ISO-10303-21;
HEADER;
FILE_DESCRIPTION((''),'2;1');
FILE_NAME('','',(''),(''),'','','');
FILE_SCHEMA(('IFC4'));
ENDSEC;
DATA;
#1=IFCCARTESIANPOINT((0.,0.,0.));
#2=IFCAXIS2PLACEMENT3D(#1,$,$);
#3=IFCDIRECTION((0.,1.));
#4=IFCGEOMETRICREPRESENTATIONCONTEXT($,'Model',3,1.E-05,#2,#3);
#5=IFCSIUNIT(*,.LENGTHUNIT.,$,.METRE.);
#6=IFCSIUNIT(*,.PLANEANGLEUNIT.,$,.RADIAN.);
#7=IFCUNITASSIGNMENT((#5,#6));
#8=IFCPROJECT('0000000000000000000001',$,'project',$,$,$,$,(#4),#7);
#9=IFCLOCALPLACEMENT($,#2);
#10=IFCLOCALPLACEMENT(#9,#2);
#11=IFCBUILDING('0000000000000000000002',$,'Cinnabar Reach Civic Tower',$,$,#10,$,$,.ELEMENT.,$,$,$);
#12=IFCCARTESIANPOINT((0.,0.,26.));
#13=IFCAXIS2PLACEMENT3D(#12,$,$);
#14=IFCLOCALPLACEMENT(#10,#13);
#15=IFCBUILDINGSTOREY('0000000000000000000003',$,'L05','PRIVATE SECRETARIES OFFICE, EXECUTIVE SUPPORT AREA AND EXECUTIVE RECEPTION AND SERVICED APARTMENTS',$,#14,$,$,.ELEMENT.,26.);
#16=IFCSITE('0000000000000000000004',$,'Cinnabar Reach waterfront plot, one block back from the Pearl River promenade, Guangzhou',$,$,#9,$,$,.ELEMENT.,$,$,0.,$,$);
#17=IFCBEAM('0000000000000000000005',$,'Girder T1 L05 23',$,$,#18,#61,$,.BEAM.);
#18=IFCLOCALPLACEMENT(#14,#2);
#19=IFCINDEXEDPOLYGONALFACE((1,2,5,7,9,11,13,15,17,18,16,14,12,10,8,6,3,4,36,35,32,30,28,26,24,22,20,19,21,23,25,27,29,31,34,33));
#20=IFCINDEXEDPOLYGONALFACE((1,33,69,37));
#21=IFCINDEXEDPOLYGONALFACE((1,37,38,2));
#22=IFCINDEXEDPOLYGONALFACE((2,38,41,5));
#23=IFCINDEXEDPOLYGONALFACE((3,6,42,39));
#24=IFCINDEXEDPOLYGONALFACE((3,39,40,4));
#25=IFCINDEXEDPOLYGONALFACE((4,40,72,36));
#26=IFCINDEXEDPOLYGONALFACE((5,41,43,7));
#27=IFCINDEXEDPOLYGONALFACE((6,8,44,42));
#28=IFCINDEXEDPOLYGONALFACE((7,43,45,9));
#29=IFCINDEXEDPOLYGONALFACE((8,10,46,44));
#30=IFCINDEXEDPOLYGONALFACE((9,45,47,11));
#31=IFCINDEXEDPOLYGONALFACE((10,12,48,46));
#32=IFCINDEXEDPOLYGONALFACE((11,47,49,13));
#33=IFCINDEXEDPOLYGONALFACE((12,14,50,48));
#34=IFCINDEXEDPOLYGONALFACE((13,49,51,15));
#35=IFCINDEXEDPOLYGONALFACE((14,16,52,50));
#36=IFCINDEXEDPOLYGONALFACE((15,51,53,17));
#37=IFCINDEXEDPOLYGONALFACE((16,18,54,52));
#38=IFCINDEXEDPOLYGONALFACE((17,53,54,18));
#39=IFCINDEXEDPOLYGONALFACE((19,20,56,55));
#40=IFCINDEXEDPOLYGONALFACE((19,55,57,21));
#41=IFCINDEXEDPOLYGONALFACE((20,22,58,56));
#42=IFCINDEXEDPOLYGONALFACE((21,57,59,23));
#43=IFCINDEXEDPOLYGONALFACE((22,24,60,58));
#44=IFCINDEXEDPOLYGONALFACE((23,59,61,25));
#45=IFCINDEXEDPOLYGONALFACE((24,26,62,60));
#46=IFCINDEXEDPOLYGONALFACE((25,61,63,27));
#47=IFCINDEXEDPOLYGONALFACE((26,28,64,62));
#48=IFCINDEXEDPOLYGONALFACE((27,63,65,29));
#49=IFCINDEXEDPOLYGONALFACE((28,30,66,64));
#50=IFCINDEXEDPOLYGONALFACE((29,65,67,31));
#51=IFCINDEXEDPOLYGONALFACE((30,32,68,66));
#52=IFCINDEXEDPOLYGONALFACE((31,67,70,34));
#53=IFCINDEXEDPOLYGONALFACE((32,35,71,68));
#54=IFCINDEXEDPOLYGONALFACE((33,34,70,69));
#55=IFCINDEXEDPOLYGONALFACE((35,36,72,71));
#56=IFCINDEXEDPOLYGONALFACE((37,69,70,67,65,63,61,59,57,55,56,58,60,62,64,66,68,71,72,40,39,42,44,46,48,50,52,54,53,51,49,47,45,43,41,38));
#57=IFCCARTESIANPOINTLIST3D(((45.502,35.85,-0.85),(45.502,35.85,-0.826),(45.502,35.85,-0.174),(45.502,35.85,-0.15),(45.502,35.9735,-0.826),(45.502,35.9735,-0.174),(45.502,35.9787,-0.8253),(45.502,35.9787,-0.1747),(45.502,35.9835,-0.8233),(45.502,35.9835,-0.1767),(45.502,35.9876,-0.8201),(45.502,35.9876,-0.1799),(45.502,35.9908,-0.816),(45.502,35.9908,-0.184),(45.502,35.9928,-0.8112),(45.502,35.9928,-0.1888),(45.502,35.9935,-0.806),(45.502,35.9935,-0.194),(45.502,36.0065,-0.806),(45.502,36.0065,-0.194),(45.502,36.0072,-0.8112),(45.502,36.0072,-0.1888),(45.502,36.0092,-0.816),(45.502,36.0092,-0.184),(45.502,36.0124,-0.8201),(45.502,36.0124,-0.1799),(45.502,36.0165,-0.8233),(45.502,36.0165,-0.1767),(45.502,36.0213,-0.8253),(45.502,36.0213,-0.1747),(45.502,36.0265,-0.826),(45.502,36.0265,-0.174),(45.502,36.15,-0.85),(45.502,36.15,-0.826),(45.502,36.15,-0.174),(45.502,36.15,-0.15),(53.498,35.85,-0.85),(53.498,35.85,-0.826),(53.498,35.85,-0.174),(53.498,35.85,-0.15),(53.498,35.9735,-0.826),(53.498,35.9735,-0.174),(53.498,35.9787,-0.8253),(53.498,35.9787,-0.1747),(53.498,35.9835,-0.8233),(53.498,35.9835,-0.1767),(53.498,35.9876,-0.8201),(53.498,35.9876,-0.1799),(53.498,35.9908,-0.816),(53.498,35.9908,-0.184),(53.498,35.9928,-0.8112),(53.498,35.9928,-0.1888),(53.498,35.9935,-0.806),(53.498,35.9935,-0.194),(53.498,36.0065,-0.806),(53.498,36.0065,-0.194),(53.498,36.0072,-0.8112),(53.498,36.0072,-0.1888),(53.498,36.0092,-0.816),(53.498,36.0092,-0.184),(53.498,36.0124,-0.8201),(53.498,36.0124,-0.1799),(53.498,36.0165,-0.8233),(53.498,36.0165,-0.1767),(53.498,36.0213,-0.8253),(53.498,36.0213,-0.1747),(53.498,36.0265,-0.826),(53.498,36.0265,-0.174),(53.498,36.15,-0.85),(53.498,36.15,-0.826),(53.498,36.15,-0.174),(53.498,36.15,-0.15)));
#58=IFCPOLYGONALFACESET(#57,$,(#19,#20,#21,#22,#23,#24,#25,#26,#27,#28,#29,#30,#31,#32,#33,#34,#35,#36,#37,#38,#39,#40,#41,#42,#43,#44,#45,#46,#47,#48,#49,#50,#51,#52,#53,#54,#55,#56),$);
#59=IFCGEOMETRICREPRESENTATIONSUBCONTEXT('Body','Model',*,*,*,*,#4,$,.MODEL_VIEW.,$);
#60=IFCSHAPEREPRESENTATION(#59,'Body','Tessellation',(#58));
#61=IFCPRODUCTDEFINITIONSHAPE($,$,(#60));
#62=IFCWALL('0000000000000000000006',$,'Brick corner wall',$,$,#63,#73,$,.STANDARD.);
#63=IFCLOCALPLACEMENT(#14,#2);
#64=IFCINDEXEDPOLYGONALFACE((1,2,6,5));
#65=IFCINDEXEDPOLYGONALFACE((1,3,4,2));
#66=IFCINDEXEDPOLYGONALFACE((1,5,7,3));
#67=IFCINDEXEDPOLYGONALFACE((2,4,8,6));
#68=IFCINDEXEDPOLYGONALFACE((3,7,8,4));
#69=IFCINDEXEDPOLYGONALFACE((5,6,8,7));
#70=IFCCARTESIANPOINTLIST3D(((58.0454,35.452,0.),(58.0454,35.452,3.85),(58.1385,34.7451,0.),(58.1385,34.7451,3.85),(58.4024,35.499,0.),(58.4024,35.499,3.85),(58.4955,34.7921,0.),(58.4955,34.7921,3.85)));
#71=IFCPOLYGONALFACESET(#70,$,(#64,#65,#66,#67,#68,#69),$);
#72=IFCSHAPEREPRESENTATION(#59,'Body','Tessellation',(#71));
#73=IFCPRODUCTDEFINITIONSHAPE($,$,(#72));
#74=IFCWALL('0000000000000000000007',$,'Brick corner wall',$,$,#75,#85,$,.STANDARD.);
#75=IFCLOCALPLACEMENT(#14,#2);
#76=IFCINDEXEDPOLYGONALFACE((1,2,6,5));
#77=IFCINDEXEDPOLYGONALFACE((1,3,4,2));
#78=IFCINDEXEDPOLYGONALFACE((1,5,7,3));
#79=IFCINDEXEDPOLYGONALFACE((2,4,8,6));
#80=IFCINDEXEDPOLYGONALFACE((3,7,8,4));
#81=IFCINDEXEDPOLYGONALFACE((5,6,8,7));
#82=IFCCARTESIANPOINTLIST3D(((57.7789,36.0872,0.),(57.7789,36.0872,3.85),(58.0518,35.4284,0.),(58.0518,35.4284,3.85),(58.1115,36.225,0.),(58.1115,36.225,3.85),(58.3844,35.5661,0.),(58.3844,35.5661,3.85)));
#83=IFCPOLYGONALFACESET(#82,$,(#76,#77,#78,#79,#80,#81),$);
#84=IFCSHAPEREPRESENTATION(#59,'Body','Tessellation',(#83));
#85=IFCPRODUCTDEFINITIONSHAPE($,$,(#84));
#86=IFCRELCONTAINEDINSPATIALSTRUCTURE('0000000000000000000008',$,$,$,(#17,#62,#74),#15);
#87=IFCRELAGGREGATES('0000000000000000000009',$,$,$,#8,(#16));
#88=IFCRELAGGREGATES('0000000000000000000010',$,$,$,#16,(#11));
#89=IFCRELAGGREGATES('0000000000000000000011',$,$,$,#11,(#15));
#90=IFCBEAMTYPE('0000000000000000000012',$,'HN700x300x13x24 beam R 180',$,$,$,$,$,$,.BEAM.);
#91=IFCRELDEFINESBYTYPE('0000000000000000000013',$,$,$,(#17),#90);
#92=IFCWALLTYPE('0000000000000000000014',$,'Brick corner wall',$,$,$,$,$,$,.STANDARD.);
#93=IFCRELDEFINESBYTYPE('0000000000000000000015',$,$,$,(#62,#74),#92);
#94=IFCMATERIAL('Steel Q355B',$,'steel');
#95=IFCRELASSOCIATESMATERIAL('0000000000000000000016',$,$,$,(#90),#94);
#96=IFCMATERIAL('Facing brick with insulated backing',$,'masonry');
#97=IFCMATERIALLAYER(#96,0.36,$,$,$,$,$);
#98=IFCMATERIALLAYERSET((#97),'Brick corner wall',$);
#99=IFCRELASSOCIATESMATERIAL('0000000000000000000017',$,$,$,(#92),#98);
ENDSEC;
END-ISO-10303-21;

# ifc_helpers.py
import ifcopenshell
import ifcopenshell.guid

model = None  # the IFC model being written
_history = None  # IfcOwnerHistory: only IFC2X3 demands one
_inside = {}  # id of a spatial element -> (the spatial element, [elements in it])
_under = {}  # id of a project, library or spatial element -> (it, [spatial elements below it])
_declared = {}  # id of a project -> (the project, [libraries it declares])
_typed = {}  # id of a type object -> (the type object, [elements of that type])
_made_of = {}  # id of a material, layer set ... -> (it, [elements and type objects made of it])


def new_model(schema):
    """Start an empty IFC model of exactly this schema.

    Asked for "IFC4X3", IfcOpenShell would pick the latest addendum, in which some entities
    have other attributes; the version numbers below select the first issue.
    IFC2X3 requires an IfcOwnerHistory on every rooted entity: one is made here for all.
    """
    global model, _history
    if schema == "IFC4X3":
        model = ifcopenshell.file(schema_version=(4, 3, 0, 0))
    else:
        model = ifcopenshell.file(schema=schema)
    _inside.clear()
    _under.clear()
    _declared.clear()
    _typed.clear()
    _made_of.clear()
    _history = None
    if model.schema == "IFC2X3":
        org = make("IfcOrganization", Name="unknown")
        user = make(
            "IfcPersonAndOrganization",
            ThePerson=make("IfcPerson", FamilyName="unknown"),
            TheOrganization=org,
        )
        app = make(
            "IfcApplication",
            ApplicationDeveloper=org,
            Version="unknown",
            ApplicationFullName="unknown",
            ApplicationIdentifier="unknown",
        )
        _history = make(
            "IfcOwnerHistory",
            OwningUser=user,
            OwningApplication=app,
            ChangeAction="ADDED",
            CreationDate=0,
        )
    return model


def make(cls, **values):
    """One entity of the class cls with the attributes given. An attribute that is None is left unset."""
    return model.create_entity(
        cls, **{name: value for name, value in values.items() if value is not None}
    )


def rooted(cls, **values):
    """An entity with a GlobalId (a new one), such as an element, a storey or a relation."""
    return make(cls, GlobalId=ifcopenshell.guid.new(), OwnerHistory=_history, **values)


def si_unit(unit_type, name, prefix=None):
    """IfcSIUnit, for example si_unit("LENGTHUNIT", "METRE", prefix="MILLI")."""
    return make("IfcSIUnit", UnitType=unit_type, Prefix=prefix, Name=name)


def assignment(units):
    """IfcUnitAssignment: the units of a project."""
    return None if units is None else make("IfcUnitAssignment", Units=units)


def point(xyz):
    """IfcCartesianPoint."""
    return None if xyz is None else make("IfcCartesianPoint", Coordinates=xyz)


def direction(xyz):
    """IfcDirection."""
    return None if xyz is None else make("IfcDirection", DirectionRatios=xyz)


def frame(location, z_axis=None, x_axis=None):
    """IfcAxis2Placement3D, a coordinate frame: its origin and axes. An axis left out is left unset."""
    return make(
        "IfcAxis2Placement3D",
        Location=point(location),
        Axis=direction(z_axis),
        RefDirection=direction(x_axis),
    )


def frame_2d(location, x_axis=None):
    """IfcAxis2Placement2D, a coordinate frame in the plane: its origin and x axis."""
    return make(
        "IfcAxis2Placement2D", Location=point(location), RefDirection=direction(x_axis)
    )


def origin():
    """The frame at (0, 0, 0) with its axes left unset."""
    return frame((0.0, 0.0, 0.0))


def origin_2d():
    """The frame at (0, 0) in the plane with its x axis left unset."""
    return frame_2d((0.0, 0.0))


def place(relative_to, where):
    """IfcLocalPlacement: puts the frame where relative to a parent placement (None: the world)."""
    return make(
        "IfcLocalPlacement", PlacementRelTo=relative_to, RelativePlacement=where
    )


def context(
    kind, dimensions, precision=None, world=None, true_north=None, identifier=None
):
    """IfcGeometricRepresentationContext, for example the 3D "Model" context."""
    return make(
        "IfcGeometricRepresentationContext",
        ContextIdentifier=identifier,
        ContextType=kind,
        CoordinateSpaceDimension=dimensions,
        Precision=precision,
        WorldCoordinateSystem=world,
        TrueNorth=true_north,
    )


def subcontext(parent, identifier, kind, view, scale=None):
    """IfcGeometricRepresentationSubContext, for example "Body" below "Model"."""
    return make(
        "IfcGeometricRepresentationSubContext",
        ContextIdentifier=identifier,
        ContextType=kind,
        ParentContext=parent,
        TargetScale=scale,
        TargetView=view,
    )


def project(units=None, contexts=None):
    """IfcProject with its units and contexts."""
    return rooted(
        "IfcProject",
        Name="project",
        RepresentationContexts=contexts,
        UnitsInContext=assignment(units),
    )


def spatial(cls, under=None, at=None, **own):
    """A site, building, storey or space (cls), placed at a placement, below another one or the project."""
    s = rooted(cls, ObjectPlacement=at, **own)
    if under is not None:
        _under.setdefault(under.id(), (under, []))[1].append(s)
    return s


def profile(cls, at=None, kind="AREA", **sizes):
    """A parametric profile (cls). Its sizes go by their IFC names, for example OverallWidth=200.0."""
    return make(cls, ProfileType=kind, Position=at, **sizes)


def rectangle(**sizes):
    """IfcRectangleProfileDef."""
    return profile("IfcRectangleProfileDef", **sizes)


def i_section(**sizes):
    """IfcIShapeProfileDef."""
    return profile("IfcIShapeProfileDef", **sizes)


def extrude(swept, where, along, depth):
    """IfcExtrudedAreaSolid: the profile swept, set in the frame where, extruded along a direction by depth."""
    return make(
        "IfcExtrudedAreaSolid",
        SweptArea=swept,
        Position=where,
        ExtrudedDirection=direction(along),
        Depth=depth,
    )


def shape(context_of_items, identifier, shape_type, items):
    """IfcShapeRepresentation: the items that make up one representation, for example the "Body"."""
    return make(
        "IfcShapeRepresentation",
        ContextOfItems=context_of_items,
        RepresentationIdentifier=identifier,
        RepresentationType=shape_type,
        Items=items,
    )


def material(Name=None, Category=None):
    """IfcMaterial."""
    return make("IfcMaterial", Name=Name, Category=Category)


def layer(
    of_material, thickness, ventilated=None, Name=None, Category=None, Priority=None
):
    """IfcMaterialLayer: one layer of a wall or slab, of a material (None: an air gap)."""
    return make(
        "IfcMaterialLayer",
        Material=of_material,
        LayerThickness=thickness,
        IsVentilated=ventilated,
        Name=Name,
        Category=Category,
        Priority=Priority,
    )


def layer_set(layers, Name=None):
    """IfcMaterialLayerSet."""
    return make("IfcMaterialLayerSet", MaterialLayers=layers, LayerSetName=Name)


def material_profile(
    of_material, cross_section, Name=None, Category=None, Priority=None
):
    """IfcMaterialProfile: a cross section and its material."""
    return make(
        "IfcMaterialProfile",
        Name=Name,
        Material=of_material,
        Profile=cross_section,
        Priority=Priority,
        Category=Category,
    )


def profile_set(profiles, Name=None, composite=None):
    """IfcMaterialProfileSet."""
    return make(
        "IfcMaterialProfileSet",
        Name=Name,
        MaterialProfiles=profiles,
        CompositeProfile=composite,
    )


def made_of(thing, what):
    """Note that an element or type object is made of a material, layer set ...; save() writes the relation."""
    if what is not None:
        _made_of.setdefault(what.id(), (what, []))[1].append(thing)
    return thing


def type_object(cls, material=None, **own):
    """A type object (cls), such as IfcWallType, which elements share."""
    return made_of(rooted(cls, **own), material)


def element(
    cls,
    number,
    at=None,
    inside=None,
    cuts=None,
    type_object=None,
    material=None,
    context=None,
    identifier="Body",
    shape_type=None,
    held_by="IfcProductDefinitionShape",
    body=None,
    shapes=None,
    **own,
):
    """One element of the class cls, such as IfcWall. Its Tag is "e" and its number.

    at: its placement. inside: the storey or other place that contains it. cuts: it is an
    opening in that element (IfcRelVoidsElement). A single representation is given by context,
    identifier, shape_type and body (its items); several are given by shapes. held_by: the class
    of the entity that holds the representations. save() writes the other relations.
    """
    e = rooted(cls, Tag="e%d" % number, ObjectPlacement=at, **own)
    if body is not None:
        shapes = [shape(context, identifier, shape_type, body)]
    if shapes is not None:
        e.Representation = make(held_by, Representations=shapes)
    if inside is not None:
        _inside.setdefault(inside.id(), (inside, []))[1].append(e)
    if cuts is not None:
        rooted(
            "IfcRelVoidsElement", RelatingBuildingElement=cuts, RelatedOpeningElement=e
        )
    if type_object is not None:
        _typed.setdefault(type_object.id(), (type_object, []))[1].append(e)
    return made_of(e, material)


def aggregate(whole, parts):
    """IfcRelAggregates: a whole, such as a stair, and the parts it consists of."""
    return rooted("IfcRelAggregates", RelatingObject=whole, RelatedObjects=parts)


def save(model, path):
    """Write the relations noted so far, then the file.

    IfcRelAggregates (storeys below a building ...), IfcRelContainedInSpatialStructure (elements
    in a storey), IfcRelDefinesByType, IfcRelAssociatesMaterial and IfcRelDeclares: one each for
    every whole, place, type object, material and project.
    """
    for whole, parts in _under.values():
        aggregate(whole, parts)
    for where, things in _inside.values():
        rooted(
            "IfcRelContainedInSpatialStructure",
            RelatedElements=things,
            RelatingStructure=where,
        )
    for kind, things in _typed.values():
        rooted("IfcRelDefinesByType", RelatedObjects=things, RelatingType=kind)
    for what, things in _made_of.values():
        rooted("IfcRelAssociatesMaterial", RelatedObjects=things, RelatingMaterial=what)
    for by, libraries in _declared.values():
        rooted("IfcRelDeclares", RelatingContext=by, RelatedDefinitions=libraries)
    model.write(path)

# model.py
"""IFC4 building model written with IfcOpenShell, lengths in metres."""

from ifc_helpers import new_model, si_unit, direction, frame, frame_2d, origin, origin_2d, place, context, subcontext, project, spatial, rectangle, i_section, extrude, material, layer, layer_set, material_profile, profile_set, type_object, element, save


model = new_model("IFC4")

# Units and contexts
model_context = context("Model", 3, precision=1e-05, world=origin(), true_north=direction((0.0, 1.0)))
body_context = subcontext(model_context, "Body", "Model", "MODEL_VIEW")
ifc_project = project(units=[si_unit("LENGTHUNIT", "METRE"), si_unit("PLANEANGLEUNIT", "RADIAN")], contexts=[model_context])

# Site, building, storey
site_placement = place(None, origin())
site = spatial("IfcSite", under=ifc_project, at=site_placement, Name="Cinnabar Reach waterfront plot, one block back from the Pearl River promenade, Guangzhou", CompositionType="ELEMENT", RefElevation=0.0)
building_placement = place(site_placement, origin())
building = spatial("IfcBuilding", under=site, at=building_placement, Name="Cinnabar Reach Civic Tower", CompositionType="ELEMENT")
storey_placement = place(building_placement, frame((0.0, 0.0, 26.0)))
storey = spatial("IfcBuildingStorey", under=building, at=storey_placement, Name="L05", Description="PRIVATE SECRETARIES OFFICE, EXECUTIVE SUPPORT AREA AND EXECUTIVE RECEPTION AND SERVICED APARTMENTS", CompositionType="ELEMENT", Elevation=26.0)

# Beam
ifc_material_1 = material(Name="Steel Q355B", Category="steel")
ifc_material_profile_1 = material_profile(ifc_material_1, i_section(OverallWidth=0.3, OverallDepth=0.7, WebThickness=0.013, FlangeThickness=0.024, FilletRadius=0.02, at=origin_2d()), Name="HN700x300x13x24")
ifc_profile_set_1 = profile_set([ifc_material_profile_1], Name="Steel Q355B")
beam_type_1 = type_object("IfcBeamType", Name="HN700x300x13x24 beam R 180", PredefinedType="BEAM", material=ifc_profile_set_1)
for number, where, z_axis, x_axis, name in (
    (1, (45.502, 36.0, -0.5), (1.0, 0.0, 0.0), (0.0, 1.0, 0.0), "Girder T1 L05 23"),
):
    element("IfcBeam", number, at=place(storey_placement, frame(where, z_axis=z_axis, x_axis=x_axis)), inside=storey, type_object=beam_type_1, Name=name, PredefinedType="BEAM", context=body_context, shape_type="SweptSolid", body=[
        extrude(i_section(OverallWidth=0.3, OverallDepth=0.7, WebThickness=0.013, FlangeThickness=0.024, FilletRadius=0.02, at=origin_2d()), origin(), (0.0, 0.0, 1.0), 7.996),
    ])

# Walls
ifc_material_2 = material(Name="Facing brick with insulated backing", Category="masonry")
ifc_layer = layer(ifc_material_2, 0.36)
ifc_layer_set = layer_set([ifc_layer], Name="Brick corner wall")
wall_type = type_object("IfcWallType", Name="Brick corner wall", PredefinedType="STANDARD", material=ifc_layer_set)
for number, where, z_axis, x_axis, name in (
    (2, (58.317, 34.7686, 0.0), (0.0, 0.0, 1.0), (-0.130556, 0.991441, 0.0), "Brick corner wall"),
    (3, (58.2181, 35.4973, 0.0), (0.0, 0.0, 1.0), (-0.382703, 0.923872, 0.0), "Brick corner wall"),
):
    element("IfcWall", number, at=place(storey_placement, frame(where, z_axis=z_axis, x_axis=x_axis)), inside=storey, type_object=wall_type, Name=name, PredefinedType="STANDARD", context=body_context, shape_type="SweptSolid", body=[
        extrude(rectangle(XDim=0.7131, YDim=0.36, at=frame_2d((0.3565, 0.0))), origin(), (0.0, 0.0, 1.0), 3.85),
    ])

save(model, "model.ifc")
